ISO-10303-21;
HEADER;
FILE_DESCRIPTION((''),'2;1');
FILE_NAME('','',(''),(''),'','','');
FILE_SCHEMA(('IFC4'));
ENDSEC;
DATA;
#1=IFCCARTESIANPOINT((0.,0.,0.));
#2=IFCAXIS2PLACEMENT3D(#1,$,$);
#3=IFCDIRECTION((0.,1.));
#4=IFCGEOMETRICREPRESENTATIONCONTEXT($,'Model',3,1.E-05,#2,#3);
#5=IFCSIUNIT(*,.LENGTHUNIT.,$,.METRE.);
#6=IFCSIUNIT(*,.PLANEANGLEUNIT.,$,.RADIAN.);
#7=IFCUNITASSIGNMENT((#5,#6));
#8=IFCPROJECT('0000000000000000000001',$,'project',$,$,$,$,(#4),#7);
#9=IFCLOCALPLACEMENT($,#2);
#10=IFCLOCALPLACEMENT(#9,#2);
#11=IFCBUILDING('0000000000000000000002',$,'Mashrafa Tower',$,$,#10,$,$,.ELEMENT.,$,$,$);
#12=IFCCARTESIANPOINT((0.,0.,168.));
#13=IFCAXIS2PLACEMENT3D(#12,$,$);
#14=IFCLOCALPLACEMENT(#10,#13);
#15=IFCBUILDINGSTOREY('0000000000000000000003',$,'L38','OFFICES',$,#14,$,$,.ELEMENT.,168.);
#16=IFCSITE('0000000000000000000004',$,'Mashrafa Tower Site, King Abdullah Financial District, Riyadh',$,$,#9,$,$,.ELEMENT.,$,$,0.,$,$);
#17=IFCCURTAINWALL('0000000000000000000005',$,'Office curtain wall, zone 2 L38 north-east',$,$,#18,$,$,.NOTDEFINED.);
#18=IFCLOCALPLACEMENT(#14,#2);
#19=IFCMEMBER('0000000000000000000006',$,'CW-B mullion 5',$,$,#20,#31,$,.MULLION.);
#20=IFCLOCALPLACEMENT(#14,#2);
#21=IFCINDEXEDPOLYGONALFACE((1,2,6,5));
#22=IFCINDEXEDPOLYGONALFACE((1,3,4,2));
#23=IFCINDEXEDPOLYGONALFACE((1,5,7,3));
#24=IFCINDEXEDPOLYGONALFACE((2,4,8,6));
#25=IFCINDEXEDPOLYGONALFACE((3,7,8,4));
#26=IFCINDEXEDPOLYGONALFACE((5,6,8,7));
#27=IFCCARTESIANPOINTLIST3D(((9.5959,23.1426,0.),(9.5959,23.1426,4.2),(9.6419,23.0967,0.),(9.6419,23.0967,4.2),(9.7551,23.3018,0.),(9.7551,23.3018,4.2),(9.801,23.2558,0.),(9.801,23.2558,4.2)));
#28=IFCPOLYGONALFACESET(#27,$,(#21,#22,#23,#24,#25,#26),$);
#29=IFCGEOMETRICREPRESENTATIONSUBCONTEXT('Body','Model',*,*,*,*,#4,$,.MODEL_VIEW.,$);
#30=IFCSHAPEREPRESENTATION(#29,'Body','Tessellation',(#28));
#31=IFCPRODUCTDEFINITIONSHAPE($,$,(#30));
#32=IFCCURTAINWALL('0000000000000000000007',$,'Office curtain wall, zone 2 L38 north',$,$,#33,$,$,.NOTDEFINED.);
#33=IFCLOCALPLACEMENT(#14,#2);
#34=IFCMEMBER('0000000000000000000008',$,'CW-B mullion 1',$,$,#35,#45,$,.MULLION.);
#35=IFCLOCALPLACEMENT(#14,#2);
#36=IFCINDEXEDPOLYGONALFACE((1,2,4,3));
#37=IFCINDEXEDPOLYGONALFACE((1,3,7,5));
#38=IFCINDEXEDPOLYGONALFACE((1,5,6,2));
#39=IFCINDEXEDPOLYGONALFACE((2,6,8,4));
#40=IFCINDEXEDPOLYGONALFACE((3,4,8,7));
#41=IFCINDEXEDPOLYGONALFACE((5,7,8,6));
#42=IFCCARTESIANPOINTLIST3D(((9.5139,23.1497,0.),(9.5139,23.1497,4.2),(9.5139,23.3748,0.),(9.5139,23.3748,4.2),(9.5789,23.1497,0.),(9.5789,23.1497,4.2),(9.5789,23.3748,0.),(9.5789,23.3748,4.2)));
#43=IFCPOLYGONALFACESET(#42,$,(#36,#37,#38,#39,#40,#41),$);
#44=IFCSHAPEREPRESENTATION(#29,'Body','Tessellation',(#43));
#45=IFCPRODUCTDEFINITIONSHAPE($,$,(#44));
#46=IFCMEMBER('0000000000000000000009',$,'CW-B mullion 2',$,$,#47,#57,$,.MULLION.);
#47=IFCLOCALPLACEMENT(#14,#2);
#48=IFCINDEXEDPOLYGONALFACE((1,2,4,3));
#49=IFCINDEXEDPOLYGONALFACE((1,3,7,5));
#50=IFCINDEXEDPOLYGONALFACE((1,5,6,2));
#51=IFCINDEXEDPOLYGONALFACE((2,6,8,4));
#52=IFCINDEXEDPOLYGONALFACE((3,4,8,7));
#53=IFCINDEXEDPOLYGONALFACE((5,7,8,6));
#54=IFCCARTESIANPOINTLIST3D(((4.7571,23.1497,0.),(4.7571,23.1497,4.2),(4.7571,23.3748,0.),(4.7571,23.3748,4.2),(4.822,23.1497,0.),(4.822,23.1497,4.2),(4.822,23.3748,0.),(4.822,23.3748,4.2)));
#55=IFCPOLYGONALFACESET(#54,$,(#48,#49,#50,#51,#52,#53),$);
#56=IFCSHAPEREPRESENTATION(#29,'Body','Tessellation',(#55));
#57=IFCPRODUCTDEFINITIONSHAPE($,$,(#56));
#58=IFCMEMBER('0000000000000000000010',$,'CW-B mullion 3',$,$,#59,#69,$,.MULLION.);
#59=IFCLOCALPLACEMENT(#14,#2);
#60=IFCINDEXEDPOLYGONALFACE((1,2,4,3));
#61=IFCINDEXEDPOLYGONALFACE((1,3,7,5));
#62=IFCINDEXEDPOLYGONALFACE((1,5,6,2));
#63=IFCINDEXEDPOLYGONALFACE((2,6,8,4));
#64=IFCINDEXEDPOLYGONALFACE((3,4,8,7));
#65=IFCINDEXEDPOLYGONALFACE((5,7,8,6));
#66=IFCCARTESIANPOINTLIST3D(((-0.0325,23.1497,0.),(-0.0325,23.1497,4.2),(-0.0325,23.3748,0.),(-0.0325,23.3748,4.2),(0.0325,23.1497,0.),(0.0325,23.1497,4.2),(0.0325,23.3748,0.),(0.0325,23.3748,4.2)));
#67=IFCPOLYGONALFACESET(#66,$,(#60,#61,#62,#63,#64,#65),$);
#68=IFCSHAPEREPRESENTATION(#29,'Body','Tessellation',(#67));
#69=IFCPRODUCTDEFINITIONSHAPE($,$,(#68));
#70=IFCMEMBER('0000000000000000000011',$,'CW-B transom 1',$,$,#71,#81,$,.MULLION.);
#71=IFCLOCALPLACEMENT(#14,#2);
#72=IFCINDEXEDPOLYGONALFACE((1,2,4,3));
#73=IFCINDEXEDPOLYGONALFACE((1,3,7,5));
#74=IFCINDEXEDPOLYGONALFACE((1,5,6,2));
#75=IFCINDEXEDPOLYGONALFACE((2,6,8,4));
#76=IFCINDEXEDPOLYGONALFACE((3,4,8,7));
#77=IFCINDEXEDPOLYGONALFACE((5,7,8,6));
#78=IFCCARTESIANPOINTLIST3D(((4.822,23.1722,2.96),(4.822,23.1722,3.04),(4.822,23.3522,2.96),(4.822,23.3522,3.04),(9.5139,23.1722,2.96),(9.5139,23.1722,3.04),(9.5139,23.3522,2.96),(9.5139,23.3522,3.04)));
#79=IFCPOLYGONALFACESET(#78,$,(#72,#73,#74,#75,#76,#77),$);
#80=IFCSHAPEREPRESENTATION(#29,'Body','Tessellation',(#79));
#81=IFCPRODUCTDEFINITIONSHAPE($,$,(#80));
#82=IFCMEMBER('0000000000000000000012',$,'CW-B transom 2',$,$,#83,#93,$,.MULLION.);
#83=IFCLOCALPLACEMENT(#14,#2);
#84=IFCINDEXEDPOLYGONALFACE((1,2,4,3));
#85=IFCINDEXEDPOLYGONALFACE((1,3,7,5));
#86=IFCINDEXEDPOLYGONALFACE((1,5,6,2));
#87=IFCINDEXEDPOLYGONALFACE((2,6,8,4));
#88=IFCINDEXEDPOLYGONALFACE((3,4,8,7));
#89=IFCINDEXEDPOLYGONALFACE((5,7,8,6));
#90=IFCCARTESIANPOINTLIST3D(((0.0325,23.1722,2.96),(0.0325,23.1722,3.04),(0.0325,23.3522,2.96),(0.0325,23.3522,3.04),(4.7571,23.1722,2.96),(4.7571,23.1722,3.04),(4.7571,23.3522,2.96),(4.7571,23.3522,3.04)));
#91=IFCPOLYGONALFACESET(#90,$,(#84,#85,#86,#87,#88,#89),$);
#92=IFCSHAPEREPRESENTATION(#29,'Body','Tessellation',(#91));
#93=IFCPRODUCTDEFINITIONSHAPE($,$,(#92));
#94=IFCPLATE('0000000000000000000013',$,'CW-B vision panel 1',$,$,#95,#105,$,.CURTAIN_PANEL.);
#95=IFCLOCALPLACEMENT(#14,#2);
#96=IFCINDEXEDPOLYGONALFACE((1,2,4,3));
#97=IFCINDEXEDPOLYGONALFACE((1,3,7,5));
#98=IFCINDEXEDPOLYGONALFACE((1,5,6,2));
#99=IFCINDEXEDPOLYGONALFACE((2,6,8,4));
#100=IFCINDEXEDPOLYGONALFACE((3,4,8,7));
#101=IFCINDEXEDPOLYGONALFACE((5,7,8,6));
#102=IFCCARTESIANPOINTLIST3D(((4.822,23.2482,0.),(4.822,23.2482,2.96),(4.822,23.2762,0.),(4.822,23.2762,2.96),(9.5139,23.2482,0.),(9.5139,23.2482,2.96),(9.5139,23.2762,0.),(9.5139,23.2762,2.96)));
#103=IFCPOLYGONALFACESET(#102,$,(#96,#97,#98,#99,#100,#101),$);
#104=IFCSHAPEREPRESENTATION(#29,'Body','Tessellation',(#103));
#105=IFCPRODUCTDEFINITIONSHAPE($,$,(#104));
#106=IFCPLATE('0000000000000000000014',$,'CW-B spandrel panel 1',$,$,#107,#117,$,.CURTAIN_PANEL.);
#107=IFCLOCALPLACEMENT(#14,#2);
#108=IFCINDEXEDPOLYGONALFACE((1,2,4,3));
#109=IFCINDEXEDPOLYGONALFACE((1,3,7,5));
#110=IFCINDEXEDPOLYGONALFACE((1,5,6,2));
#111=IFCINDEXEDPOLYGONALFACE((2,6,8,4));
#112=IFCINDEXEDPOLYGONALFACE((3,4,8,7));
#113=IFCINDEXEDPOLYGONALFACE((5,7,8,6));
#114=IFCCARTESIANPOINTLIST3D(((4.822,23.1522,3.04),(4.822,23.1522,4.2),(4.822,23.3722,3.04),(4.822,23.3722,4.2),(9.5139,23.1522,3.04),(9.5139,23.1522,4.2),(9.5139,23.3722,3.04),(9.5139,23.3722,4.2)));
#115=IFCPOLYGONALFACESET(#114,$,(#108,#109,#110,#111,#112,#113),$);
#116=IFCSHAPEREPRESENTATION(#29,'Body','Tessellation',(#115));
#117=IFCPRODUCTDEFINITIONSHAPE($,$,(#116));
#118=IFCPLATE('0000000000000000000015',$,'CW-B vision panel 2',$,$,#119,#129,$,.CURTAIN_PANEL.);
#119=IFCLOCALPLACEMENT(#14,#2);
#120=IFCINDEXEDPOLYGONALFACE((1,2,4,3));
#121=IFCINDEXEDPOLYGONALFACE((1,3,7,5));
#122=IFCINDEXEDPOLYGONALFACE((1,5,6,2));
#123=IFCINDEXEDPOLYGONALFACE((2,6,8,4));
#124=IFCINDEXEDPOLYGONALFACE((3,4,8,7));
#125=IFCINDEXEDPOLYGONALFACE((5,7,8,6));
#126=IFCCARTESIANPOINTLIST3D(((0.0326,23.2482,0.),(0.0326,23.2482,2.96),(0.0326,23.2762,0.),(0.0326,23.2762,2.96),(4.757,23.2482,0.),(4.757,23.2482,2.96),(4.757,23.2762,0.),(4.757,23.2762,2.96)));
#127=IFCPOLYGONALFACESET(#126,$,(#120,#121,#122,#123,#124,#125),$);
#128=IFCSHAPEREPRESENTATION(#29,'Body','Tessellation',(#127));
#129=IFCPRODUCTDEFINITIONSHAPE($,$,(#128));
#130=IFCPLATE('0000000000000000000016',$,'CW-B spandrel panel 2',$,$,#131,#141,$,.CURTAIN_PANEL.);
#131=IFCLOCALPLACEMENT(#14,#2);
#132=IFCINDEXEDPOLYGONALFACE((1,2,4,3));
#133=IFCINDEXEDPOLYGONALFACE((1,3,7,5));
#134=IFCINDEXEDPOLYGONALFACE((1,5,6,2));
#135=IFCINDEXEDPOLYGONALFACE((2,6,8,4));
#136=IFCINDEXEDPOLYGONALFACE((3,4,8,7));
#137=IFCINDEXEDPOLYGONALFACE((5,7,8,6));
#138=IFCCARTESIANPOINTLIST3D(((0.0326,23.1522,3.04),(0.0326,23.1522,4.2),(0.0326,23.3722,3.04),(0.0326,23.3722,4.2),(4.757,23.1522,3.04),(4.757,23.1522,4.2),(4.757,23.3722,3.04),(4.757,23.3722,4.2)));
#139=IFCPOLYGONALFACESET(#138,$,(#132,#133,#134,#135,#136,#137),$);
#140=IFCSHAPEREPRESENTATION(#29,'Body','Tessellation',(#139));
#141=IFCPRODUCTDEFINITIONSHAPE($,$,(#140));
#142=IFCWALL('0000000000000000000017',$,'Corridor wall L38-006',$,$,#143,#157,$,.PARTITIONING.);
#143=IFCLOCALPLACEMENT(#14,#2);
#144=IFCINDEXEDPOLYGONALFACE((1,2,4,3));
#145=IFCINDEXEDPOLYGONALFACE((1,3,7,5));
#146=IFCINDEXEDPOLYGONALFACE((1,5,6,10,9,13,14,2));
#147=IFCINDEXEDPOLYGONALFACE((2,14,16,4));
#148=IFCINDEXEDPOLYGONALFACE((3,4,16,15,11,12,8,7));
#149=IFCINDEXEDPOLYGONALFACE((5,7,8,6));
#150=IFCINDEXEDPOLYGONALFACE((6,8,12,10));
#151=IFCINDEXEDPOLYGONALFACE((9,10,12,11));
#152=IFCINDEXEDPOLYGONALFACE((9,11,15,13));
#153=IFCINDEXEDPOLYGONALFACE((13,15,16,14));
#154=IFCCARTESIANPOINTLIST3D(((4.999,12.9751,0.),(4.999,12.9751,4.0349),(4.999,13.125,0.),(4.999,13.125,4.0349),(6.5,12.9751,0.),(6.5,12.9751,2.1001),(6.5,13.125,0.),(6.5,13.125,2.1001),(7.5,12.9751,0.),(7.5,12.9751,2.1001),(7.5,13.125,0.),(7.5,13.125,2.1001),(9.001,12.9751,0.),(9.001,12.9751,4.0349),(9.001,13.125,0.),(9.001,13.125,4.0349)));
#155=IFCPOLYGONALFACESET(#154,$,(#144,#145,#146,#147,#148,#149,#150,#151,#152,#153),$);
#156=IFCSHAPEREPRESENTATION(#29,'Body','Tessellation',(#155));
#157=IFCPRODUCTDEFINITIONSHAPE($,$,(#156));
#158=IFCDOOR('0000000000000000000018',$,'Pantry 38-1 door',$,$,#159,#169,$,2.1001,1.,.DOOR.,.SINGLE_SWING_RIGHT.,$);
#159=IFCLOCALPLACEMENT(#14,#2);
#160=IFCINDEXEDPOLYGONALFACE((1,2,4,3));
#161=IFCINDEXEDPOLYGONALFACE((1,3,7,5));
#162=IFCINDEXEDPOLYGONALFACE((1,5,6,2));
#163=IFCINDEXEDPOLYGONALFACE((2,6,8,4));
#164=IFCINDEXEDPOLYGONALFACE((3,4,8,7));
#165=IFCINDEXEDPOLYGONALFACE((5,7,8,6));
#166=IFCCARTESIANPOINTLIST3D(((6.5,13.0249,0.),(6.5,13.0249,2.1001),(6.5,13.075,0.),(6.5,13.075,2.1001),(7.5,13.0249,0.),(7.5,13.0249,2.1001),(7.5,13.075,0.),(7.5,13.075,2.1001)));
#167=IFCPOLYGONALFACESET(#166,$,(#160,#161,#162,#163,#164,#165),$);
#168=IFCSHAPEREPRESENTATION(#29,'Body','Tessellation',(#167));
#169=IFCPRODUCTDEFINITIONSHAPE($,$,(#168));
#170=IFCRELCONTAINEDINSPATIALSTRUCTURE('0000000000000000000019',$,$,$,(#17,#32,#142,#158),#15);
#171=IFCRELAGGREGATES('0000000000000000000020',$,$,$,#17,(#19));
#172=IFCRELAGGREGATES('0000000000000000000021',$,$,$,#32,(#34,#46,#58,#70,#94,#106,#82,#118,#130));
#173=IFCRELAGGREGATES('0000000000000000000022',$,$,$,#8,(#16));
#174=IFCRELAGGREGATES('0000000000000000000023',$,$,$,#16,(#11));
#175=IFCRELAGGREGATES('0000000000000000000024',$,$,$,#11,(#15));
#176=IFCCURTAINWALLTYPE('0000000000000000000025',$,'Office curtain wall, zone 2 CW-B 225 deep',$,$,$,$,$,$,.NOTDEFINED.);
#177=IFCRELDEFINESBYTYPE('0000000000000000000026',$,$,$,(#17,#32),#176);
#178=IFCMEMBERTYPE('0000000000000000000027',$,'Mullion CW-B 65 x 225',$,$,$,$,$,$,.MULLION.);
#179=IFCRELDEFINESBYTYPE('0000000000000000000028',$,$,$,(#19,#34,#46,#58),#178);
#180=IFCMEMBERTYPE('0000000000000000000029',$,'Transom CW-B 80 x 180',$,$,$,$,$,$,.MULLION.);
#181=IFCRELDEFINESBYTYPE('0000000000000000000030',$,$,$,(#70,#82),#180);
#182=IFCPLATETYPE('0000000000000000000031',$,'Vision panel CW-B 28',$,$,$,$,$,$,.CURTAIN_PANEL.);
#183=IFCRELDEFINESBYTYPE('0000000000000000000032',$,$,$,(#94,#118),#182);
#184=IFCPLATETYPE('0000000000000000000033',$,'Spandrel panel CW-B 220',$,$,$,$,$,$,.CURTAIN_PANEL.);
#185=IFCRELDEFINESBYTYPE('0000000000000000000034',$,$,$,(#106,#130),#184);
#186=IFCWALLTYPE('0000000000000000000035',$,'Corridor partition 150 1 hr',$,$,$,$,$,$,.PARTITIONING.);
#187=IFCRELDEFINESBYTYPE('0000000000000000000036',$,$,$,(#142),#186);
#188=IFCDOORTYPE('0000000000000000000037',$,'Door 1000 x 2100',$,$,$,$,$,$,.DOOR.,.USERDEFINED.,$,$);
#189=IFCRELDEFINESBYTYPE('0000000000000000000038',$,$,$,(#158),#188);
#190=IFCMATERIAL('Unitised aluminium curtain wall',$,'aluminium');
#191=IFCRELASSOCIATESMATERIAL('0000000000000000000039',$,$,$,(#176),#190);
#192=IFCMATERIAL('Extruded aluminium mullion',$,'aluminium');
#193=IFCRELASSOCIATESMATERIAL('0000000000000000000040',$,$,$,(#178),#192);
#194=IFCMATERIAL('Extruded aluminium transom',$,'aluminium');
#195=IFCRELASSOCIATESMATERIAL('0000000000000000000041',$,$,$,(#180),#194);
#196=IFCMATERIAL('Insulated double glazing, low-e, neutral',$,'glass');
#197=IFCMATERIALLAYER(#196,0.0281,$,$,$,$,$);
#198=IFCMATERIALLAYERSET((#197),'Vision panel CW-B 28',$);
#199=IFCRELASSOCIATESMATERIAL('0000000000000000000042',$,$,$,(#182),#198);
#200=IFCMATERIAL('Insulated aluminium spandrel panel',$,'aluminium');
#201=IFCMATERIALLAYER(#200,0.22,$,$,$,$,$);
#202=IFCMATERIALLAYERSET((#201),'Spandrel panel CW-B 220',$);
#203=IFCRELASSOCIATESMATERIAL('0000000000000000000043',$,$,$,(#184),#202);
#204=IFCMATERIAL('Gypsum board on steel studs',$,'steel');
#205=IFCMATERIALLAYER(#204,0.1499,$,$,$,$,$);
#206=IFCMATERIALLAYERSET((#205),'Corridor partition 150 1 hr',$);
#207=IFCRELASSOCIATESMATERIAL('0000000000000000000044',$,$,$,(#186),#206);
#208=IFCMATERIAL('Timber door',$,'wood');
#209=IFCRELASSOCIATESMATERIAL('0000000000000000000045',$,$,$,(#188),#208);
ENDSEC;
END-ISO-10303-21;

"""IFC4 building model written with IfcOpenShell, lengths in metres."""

from ifc_helpers import new_model, si_unit, direction, frame, frame_2d, origin, origin_2d, place, context, subcontext, project, spatial, rectangle, extrude, source, transform, mapped, material, layer, layer_set, material_profile, profile_set, type_object, type_shapes, element, fill, aggregate, save


model = new_model("IFC4")

# Units and contexts
model_context = context("Model", 3, precision=1e-05, world=origin(), true_north=direction((0.0, 1.0)))
body_context = subcontext(model_context, "Body", "Model", "MODEL_VIEW")
ifc_project = project(units=[si_unit("LENGTHUNIT", "METRE"), si_unit("PLANEANGLEUNIT", "RADIAN")], contexts=[model_context])

# Site, building, storey
site_placement = place(None, origin())
site = spatial("IfcSite", under=ifc_project, at=site_placement, Name="Mashrafa Tower Site, King Abdullah Financial District, Riyadh", CompositionType="ELEMENT", RefElevation=0.0)
building_placement = place(site_placement, origin())
building = spatial("IfcBuilding", under=site, at=building_placement, Name="Mashrafa Tower", CompositionType="ELEMENT")
storey_placement = place(building_placement, frame((0.0, 0.0, 168.0)))
storey = spatial("IfcBuildingStorey", under=building, at=storey_placement, Name="L38", Description="OFFICES", CompositionType="ELEMENT", Elevation=168.0)

# Curtain wall, member
ifc_material_1 = material(Name="Unitised aluminium curtain wall", Category="aluminium")
curtain_wall_type = type_object("IfcCurtainWallType", Name="Office curtain wall, zone 2 CW-B 225 deep", PredefinedType="NOTDEFINED", material=ifc_material_1)
curtain_wall_1_placement = place(storey_placement, origin())
curtain_wall_1 = element("IfcCurtainWall", 1, at=curtain_wall_1_placement, inside=storey, type_object=curtain_wall_type, Name="Office curtain wall, zone 2 L38 north-east", PredefinedType="NOTDEFINED")
ifc_material_2 = material(Name="Extruded aluminium mullion", Category="aluminium")
ifc_material_profile_1 = material_profile(ifc_material_2, rectangle(XDim=0.2251, YDim=0.0649, at=origin_2d()), Name="Mullion 65x225")
ifc_profile_set_1 = profile_set([ifc_material_profile_1], Name="Extruded aluminium mullion")
member_type_1 = type_object("IfcMemberType", Name="Mullion CW-B 65 x 225", PredefinedType="MULLION", material=ifc_profile_set_1)
shared_shape_1 = source(origin(), body_context, "Body", "SweptSolid", [
    extrude(rectangle(XDim=0.2251, YDim=0.0649, at=origin_2d()), origin(), (0.0, 0.0, 1.0), 4.2),
])
type_shapes(member_type_1, [shared_shape_1])
member_1_placement = place(storey_placement, frame((9.6985, 23.1992, 0.0), z_axis=(0.0, 0.0, 1.0), x_axis=(-0.707107, -0.707107, 0.0)))
member_1 = element("IfcMember", 2, at=member_1_placement, type_object=member_type_1, Name="CW-B mullion 5", PredefinedType="MULLION", context=body_context, shape_type="MappedRepresentation", body=[
    mapped(shared_shape_1, transform((0.0, 0.0, 0.0))),
])
aggregate(curtain_wall_1, [member_1])

# Curtain wall, members, plates
curtain_wall_2_placement = place(storey_placement, origin())
curtain_wall_2 = element("IfcCurtainWall", 3, at=curtain_wall_2_placement, inside=storey, type_object=curtain_wall_type, Name="Office curtain wall, zone 2 L38 north", PredefinedType="NOTDEFINED")
member_2_placement = place(storey_placement, frame((9.5464, 23.2622, 0.0), z_axis=(0.0, 0.0, 1.0), x_axis=(0.0, -1.0, 0.0)))
member_2 = element("IfcMember", 4, at=member_2_placement, type_object=member_type_1, Name="CW-B mullion 1", PredefinedType="MULLION", context=body_context, shape_type="MappedRepresentation", body=[
    mapped(shared_shape_1, transform((0.0, 0.0, 0.0))),
])
member_3_placement = place(storey_placement, frame((4.7896, 23.2622, 0.0), z_axis=(0.0, 0.0, 1.0), x_axis=(0.0, -1.0, 0.0)))
member_3 = element("IfcMember", 5, at=member_3_placement, type_object=member_type_1, Name="CW-B mullion 2", PredefinedType="MULLION", context=body_context, shape_type="MappedRepresentation", body=[
    mapped(shared_shape_1, transform((0.0, 0.0, 0.0))),
])
member_4_placement = place(storey_placement, frame((0.0, 23.2622, 0.0), z_axis=(0.0, 0.0, 1.0), x_axis=(0.0, -1.0, 0.0)))
member_4 = element("IfcMember", 6, at=member_4_placement, type_object=member_type_1, Name="CW-B mullion 3", PredefinedType="MULLION", context=body_context, shape_type="MappedRepresentation", body=[
    mapped(shared_shape_1, transform((0.0, 0.0, 0.0))),
])
ifc_material_3 = material(Name="Extruded aluminium transom", Category="aluminium")
ifc_material_profile_2 = material_profile(ifc_material_3, rectangle(XDim=0.1799, YDim=0.0801, at=origin_2d()), Name="Transom 80x180")
ifc_profile_set_2 = profile_set([ifc_material_profile_2], Name="Extruded aluminium transom")
member_type_2 = type_object("IfcMemberType", Name="Transom CW-B 80 x 180", PredefinedType="MULLION", material=ifc_profile_set_2)
shared_shape_2 = source(origin(), body_context, "Body", "SweptSolid", [
    extrude(rectangle(XDim=0.1799, YDim=0.0801, at=origin_2d()), origin(), (0.0, 0.0, 1.0), 4.6919),
])
member_5_placement = place(storey_placement, frame((9.5139, 23.2622, 3.0), z_axis=(-1.0, 0.0, 0.0), x_axis=(0.0, -1.0, 0.0)))
member_5 = element("IfcMember", 7, at=member_5_placement, type_object=member_type_2, Name="CW-B transom 1", PredefinedType="MULLION", context=body_context, shape_type="MappedRepresentation", body=[
    mapped(shared_shape_2, transform((0.0, 0.0, 0.0))),
])
shared_shape_3 = source(origin(), body_context, "Body", "SweptSolid", [
    extrude(rectangle(XDim=0.1799, YDim=0.0801, at=origin_2d()), origin(), (0.0, 0.0, 1.0), 4.7246),
])
type_shapes(member_type_2, [shared_shape_2, shared_shape_3])
member_6_placement = place(storey_placement, frame((4.7571, 23.2622, 3.0), z_axis=(-1.0, 0.0, 0.0), x_axis=(0.0, -1.0, 0.0)))
member_6 = element("IfcMember", 8, at=member_6_placement, type_object=member_type_2, Name="CW-B transom 2", PredefinedType="MULLION", context=body_context, shape_type="MappedRepresentation", body=[
    mapped(shared_shape_3, transform((0.0, 0.0, 0.0))),
])
ifc_material_4 = material(Name="Insulated double glazing, low-e, neutral", Category="glass")
ifc_layer_1 = layer(ifc_material_4, 0.0281)
ifc_layer_set_1 = layer_set([ifc_layer_1], Name="Vision panel CW-B 28")
plate_type_1 = type_object("IfcPlateType", Name="Vision panel CW-B 28", PredefinedType="CURTAIN_PANEL", material=ifc_layer_set_1)
shared_shape_4 = source(origin(), body_context, "Body", "SweptSolid", [
    extrude(rectangle(XDim=4.6919, YDim=0.0281, at=origin_2d()), origin(), (0.0, 0.0, 1.0), 2.96),
])
plate_1_placement = place(storey_placement, frame((7.168, 23.2622, 0.0), z_axis=(0.0, 0.0, 1.0), x_axis=(-1.0, 0.0, 0.0)))
plate_1 = element("IfcPlate", 9, at=plate_1_placement, type_object=plate_type_1, Name="CW-B vision panel 1", PredefinedType="CURTAIN_PANEL", context=body_context, shape_type="MappedRepresentation", body=[
    mapped(shared_shape_4, transform((0.0, 0.0, 0.0))),
])
ifc_material_5 = material(Name="Insulated aluminium spandrel panel", Category="aluminium")
ifc_layer_2 = layer(ifc_material_5, 0.22)
ifc_layer_set_2 = layer_set([ifc_layer_2], Name="Spandrel panel CW-B 220")
plate_type_2 = type_object("IfcPlateType", Name="Spandrel panel CW-B 220", PredefinedType="CURTAIN_PANEL", material=ifc_layer_set_2)
shared_shape_5 = source(origin(), body_context, "Body", "SweptSolid", [
    extrude(rectangle(XDim=4.6919, YDim=0.22, at=origin_2d()), origin(), (0.0, 0.0, 1.0), 1.1599),
])
plate_2_placement = place(storey_placement, frame((7.168, 23.2622, 3.04), z_axis=(0.0, 0.0, 1.0), x_axis=(-1.0, 0.0, 0.0)))
plate_2 = element("IfcPlate", 10, at=plate_2_placement, type_object=plate_type_2, Name="CW-B spandrel panel 1", PredefinedType="CURTAIN_PANEL", context=body_context, shape_type="MappedRepresentation", body=[
    mapped(shared_shape_5, transform((0.0, 0.0, 0.0))),
])
shared_shape_6 = source(origin(), body_context, "Body", "SweptSolid", [
    extrude(rectangle(XDim=4.7244, YDim=0.0281, at=origin_2d()), origin(), (0.0, 0.0, 1.0), 2.96),
])
type_shapes(plate_type_1, [shared_shape_4, shared_shape_6])
plate_3_placement = place(storey_placement, frame((2.3948, 23.2622, 0.0), z_axis=(0.0, 0.0, 1.0), x_axis=(-1.0, 0.0, 0.0)))
plate_3 = element("IfcPlate", 11, at=plate_3_placement, type_object=plate_type_1, Name="CW-B vision panel 2", PredefinedType="CURTAIN_PANEL", context=body_context, shape_type="MappedRepresentation", body=[
    mapped(shared_shape_6, transform((0.0, 0.0, 0.0))),
])
shared_shape_7 = source(origin(), body_context, "Body", "SweptSolid", [
    extrude(rectangle(XDim=4.7244, YDim=0.22, at=origin_2d()), origin(), (0.0, 0.0, 1.0), 1.1599),
])
type_shapes(plate_type_2, [shared_shape_5, shared_shape_7])
plate_4_placement = place(storey_placement, frame((2.3948, 23.2622, 3.04), z_axis=(0.0, 0.0, 1.0), x_axis=(-1.0, 0.0, 0.0)))
plate_4 = element("IfcPlate", 12, at=plate_4_placement, type_object=plate_type_2, Name="CW-B spandrel panel 2", PredefinedType="CURTAIN_PANEL", context=body_context, shape_type="MappedRepresentation", body=[
    mapped(shared_shape_7, transform((0.0, 0.0, 0.0))),
])
aggregate(curtain_wall_2, [member_2, member_3, member_4, member_5, plate_1, plate_2, member_6, plate_3, plate_4])

# Wall, opening, door
ifc_material_6 = material(Name="Gypsum board on steel studs", Category="steel")
ifc_layer_3 = layer(ifc_material_6, 0.1499)
ifc_layer_set_3 = layer_set([ifc_layer_3], Name="Corridor partition 150 1 hr")
wall_type_1 = type_object("IfcWallType", Name="Corridor partition 150 1 hr", PredefinedType="PARTITIONING", material=ifc_layer_set_3)
wall_1_placement = place(storey_placement, frame((9.001, 13.05, 0.0), z_axis=(0.0, 0.0, 1.0), x_axis=(-1.0, 0.0, 0.0)))
wall_1 = element("IfcWall", 13, at=wall_1_placement, inside=storey, type_object=wall_type_1, Name="Corridor wall L38-006", PredefinedType="PARTITIONING", context=body_context, shape_type="SweptSolid", body=[
    extrude(rectangle(XDim=4.002, YDim=0.1499, at=frame_2d((2.001, 0.0))), origin(), (0.0, 0.0, 1.0), 4.0349),
])
opening_placement = place(wall_1_placement, frame((1.501, 0.0, 0.0)))
opening = element("IfcOpeningElement", 14, at=opening_placement, cuts=wall_1, PredefinedType="OPENING", context=body_context, shape_type="SweptSolid", body=[
    extrude(rectangle(XDim=1.0, YDim=2.1001, at=frame_2d((0.5, 1.05))), frame((0.0, 0.085, 0.0), z_axis=(0.0, -1.0, 0.0), x_axis=(1.0, 0.0, 0.0)), (0.0, 0.0, 1.0), 0.1699),
])
ifc_material_7 = material(Name="Timber door", Category="wood")
door_type = type_object("IfcDoorType", Name="Door 1000 x 2100", OperationType="USERDEFINED", PredefinedType="DOOR", material=ifc_material_7)
door_placement = place(opening_placement, frame((1.0, 0.0, 0.0), z_axis=(0.0, 0.0, 1.0), x_axis=(-1.0, 0.0, 0.0)))
door = element("IfcDoor", 15, at=door_placement, inside=storey, type_object=door_type, Name="Pantry 38-1 door", OperationType="SINGLE_SWING_RIGHT", OverallHeight=2.1001, OverallWidth=1.0, PredefinedType="DOOR", context=body_context, shape_type="SweptSolid", body=[
    extrude(rectangle(XDim=1.0, YDim=2.1001, at=frame_2d((0.5, 1.05))), frame((0.0, 0.0249, 0.0), z_axis=(0.0, -1.0, 0.0), x_axis=(1.0, 0.0, 0.0)), (0.0, 0.0, 1.0), 0.05),
])
fill(opening, door)

save(model, "model.ifc")
